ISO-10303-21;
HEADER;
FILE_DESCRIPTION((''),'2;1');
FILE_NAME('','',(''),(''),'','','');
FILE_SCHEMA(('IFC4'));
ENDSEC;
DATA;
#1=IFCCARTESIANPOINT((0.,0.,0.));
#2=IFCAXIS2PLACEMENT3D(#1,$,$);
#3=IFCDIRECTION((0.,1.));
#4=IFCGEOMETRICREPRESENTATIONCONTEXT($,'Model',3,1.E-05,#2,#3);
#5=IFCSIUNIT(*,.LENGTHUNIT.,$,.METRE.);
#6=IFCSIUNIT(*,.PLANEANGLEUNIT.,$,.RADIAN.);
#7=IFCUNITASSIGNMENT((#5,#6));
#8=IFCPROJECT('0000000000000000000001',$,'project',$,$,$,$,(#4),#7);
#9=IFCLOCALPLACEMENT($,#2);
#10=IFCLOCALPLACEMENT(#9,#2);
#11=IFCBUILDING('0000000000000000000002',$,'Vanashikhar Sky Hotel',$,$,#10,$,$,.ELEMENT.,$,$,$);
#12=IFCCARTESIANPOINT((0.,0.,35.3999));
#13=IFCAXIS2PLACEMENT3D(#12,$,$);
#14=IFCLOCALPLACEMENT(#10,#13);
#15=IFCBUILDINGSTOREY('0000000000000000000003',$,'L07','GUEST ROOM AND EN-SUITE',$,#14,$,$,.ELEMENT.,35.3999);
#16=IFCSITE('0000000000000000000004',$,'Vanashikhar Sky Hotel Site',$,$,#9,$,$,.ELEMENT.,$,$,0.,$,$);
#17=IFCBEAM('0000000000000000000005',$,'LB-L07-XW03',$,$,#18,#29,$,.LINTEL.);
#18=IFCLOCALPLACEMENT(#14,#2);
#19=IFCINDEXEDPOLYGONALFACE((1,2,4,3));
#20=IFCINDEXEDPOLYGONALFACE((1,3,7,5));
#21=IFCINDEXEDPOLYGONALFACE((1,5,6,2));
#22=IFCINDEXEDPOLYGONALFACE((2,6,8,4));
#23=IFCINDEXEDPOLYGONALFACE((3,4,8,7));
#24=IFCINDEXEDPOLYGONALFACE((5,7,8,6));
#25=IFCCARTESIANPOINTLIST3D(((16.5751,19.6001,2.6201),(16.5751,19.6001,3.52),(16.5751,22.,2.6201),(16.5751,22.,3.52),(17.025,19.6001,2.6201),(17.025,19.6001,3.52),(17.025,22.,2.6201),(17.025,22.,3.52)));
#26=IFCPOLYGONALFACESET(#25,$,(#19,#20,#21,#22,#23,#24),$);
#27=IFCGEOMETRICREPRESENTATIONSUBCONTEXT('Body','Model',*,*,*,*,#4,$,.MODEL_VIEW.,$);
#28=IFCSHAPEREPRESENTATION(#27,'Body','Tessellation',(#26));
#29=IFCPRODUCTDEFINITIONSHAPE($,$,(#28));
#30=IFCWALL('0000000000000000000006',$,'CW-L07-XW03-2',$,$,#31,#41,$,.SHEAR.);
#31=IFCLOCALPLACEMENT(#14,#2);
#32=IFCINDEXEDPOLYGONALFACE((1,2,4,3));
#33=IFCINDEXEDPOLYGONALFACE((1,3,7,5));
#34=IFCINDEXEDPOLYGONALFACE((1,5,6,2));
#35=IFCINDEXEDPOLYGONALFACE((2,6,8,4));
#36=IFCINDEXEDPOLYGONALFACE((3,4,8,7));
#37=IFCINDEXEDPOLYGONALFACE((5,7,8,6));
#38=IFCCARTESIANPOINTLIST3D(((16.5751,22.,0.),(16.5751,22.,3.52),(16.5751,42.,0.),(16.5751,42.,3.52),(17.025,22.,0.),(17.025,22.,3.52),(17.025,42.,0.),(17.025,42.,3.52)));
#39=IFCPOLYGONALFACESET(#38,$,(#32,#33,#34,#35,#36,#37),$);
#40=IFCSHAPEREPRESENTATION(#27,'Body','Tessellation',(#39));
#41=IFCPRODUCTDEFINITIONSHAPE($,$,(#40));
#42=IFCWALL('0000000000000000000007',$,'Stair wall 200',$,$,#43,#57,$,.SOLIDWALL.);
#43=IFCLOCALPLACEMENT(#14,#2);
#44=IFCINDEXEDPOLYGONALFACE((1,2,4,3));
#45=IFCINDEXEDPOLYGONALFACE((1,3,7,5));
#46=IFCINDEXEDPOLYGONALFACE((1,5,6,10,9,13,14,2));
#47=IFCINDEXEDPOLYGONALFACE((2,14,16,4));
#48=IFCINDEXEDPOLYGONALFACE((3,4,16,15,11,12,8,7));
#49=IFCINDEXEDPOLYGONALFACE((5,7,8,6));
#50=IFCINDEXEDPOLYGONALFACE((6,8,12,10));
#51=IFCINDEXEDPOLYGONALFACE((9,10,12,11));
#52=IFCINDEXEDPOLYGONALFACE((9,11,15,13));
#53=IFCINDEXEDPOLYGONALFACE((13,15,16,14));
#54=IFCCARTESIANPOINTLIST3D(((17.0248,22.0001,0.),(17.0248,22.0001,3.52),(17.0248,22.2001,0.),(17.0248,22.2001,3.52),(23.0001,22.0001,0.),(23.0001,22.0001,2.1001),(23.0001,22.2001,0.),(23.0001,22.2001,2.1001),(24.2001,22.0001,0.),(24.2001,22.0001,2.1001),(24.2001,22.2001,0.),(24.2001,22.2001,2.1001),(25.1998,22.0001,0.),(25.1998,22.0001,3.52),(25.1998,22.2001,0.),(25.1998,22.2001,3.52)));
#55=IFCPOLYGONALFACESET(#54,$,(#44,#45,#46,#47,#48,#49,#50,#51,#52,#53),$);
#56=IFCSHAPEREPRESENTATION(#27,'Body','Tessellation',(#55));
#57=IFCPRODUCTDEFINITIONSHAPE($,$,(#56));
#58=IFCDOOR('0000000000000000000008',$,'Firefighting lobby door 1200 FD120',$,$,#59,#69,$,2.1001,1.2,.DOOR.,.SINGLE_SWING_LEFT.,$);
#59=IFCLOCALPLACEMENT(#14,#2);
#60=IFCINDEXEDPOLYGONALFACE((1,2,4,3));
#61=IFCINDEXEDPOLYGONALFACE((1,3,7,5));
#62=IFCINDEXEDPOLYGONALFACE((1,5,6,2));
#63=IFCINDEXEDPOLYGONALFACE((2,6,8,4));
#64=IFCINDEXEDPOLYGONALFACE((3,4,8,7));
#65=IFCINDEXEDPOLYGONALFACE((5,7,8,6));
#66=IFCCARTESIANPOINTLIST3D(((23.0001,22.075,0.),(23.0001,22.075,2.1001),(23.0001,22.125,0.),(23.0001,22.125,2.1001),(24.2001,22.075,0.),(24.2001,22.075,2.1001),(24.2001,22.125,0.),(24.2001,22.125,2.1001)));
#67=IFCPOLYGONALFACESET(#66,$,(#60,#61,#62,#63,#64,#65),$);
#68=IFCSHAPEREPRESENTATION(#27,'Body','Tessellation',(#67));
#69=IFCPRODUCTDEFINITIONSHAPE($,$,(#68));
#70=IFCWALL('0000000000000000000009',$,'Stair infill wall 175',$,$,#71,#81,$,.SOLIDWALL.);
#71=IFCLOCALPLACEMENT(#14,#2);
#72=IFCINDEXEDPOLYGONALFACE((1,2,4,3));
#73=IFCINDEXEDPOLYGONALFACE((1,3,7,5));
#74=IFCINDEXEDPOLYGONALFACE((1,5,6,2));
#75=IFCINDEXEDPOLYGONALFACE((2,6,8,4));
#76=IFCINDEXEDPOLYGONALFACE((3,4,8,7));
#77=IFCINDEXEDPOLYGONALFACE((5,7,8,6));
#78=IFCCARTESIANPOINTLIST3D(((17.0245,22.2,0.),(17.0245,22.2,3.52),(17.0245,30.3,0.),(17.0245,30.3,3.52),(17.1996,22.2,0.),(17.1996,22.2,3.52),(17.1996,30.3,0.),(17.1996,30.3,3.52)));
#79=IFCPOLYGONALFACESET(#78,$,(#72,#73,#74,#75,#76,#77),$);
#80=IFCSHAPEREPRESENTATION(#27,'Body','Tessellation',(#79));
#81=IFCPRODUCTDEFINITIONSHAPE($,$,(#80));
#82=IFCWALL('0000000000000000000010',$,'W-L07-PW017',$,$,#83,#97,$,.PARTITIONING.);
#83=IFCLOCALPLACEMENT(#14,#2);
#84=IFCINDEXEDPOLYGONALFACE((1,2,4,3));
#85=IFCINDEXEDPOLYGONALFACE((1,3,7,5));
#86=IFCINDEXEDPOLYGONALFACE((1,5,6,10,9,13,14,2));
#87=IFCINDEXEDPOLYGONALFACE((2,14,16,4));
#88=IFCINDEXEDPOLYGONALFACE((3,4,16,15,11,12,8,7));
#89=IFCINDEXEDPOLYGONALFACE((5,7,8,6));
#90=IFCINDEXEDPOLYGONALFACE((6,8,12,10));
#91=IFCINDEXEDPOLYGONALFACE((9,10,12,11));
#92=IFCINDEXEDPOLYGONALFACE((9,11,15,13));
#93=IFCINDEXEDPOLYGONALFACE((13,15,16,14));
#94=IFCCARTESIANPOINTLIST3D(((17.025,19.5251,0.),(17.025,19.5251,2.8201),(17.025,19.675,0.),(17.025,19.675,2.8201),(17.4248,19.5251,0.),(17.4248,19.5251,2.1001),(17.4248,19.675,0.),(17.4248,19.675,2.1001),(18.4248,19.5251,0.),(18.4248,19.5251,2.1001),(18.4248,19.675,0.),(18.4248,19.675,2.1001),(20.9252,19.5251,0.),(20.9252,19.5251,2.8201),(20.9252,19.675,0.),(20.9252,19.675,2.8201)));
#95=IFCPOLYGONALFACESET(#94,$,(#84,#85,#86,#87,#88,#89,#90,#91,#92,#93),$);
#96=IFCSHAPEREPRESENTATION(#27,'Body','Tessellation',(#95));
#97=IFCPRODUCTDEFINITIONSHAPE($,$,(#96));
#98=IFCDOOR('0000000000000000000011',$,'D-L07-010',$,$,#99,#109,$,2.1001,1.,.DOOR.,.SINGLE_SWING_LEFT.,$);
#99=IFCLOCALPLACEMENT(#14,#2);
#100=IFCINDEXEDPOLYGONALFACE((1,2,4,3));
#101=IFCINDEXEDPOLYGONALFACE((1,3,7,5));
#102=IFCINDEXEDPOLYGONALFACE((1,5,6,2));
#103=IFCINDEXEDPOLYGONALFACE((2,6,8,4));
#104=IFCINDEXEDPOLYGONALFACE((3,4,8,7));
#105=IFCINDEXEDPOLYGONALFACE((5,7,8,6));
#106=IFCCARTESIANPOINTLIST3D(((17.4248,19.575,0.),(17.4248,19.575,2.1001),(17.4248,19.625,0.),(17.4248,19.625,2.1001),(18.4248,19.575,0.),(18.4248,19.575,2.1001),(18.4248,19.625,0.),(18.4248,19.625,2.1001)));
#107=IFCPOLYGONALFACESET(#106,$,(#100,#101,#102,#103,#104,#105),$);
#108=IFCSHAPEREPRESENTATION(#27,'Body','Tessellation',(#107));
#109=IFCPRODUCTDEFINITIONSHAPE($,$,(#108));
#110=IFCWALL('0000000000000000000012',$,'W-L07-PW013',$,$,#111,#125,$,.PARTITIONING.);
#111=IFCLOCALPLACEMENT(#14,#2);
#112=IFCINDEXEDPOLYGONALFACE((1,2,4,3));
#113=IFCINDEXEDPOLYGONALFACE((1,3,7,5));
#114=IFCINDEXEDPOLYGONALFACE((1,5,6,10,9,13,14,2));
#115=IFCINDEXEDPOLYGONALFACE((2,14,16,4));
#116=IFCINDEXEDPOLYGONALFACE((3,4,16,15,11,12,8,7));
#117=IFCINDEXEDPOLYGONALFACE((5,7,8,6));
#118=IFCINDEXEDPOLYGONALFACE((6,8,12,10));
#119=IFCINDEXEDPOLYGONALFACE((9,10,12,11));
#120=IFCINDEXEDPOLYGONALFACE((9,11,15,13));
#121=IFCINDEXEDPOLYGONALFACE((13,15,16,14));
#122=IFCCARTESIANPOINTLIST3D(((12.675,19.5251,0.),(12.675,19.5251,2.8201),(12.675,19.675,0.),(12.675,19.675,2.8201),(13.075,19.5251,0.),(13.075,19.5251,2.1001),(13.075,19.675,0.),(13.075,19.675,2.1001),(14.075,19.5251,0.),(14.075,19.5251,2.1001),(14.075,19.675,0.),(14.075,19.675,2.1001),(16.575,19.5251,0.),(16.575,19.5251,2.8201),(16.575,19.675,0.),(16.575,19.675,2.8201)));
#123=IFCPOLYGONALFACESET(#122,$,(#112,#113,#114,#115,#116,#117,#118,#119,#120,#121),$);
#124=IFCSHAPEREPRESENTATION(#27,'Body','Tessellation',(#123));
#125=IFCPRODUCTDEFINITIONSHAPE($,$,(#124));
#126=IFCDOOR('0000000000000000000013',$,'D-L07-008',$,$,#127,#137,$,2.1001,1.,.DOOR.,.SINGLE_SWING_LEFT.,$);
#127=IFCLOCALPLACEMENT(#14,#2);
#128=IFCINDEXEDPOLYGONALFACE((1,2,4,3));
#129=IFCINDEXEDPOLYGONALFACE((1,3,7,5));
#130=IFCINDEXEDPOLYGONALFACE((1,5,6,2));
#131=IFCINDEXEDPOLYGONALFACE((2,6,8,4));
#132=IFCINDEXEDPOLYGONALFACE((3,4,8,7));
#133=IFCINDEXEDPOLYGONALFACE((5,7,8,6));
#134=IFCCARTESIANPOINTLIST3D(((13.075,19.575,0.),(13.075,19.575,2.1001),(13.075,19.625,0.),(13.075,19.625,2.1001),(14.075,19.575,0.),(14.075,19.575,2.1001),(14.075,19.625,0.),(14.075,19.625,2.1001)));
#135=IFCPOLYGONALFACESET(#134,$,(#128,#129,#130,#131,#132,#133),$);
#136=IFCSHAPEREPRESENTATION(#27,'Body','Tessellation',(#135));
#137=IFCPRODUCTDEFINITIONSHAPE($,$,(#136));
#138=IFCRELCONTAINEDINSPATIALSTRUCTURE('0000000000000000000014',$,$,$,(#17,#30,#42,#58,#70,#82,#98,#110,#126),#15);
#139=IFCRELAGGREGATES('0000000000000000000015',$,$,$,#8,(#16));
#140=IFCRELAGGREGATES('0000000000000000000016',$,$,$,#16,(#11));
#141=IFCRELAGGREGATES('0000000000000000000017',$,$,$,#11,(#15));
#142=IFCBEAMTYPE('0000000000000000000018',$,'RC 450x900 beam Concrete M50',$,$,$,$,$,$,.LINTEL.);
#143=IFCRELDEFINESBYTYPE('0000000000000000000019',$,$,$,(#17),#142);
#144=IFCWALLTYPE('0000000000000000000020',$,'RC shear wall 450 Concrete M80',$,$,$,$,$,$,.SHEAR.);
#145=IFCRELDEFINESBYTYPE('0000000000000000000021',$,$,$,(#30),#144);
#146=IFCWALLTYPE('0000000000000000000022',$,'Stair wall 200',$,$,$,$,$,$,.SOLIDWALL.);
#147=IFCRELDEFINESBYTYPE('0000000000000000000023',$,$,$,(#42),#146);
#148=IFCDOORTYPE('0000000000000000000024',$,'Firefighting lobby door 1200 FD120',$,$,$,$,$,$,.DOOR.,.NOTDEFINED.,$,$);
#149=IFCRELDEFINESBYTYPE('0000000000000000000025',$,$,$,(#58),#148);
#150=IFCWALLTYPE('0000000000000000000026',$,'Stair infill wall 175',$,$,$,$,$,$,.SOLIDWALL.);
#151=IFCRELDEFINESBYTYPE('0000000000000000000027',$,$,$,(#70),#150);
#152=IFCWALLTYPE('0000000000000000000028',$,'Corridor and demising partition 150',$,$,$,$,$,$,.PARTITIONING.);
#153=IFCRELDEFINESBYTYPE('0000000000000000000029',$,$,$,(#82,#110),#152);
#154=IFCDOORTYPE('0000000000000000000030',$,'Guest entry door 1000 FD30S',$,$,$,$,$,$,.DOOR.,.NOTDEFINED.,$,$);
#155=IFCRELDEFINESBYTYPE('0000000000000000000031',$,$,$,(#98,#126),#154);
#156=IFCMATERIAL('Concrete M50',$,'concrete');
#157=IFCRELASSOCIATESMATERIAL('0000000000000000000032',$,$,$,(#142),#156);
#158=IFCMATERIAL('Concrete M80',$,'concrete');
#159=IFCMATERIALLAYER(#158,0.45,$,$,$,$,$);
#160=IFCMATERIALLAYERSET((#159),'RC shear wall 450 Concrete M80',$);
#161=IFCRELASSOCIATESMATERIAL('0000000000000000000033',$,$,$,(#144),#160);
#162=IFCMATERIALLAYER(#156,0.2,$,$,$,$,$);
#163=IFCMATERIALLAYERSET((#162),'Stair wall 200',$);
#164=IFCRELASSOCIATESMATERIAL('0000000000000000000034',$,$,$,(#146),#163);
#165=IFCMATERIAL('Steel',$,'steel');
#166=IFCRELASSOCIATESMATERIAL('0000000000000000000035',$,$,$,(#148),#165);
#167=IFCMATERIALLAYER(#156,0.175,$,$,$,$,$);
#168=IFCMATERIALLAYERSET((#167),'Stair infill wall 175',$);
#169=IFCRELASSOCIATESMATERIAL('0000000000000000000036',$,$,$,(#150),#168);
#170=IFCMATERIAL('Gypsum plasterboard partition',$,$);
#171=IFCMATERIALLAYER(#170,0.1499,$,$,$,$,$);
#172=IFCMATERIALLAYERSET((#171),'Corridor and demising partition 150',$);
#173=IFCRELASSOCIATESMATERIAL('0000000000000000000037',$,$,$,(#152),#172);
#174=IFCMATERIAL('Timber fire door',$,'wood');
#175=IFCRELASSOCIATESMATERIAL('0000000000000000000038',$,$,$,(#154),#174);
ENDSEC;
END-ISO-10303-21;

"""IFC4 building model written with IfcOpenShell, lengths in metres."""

from ifc_helpers import new_model, si_unit, direction, frame, frame_2d, origin, origin_2d, place, context, subcontext, project, spatial, rectangle, extrude, source, transform, mapped, material, layer, layer_set, material_profile, profile_set, type_object, element, fill, save


model = new_model("IFC4")

# Units and contexts
model_context = context("Model", 3, precision=1e-05, world=origin(), true_north=direction((0.0, 1.0)))
body_context = subcontext(model_context, "Body", "Model", "MODEL_VIEW")
ifc_project = project(units=[si_unit("LENGTHUNIT", "METRE"), si_unit("PLANEANGLEUNIT", "RADIAN")], contexts=[model_context])

# Site, building, storey
site_placement = place(None, origin())
site = spatial("IfcSite", under=ifc_project, at=site_placement, Name="Vanashikhar Sky Hotel Site", CompositionType="ELEMENT", RefElevation=0.0)
building_placement = place(site_placement, origin())
building = spatial("IfcBuilding", under=site, at=building_placement, Name="Vanashikhar Sky Hotel", CompositionType="ELEMENT")
storey_placement = place(building_placement, frame((0.0, 0.0, 35.3999)))
storey = spatial("IfcBuildingStorey", under=building, at=storey_placement, Name="L07", Description="GUEST ROOM AND EN-SUITE", CompositionType="ELEMENT", Elevation=35.3999)

# Beam
ifc_material_1 = material(Name="Concrete M50", Category="concrete")
ifc_material_profile = material_profile(ifc_material_1, rectangle(XDim=0.45, YDim=0.8999, at=origin_2d()))
ifc_profile_set = profile_set([ifc_material_profile], Name="RC 450x900 beam Concrete M50")
beam_type = type_object("IfcBeamType", Name="RC 450x900 beam Concrete M50", PredefinedType="LINTEL", material=ifc_profile_set)
shared_shape_1 = source(origin(), body_context, "Body", "SweptSolid", [
    extrude(rectangle(XDim=0.45, YDim=0.8999, at=origin_2d()), origin(), (0.0, 0.0, 1.0), 2.3999),
])
beam_placement = place(storey_placement, frame((16.8, 19.6001, 3.0701), z_axis=(0.0, 1.0, 0.0), x_axis=(-1.0, 0.0, 0.0)))
element("IfcBeam", 1, at=beam_placement, inside=storey, type_object=beam_type, Name="LB-L07-XW03", PredefinedType="LINTEL", context=body_context, shape_type="MappedRepresentation", body=[
    mapped(shared_shape_1, transform((0.0, 0.0, 0.0), scale=1.0)),
])

# Wall
ifc_material_2 = material(Name="Concrete M80", Category="concrete")
ifc_layer_1 = layer(ifc_material_2, 0.45)
ifc_layer_set_1 = layer_set([ifc_layer_1], Name="RC shear wall 450 Concrete M80")
wall_type_1 = type_object("IfcWallType", Name="RC shear wall 450 Concrete M80", PredefinedType="SHEAR", material=ifc_layer_set_1)
shared_shape_2 = source(origin(), body_context, "Body", "SweptSolid", [
    extrude(rectangle(XDim=20.0, YDim=0.45, at=frame_2d((10.0, 0.0))), origin(), (0.0, 0.0, 1.0), 3.52),
])
wall_1_placement = place(storey_placement, frame((16.8, 22.0, 0.0), z_axis=(0.0, 0.0, 1.0), x_axis=(0.0, 1.0, 0.0)))
element("IfcWall", 2, at=wall_1_placement, inside=storey, type_object=wall_type_1, Name="CW-L07-XW03-2", PredefinedType="SHEAR", context=body_context, shape_type="MappedRepresentation", body=[
    mapped(shared_shape_2, transform((0.0, 0.0, 0.0), scale=1.0)),
])

# Wall, opening, door
ifc_layer_2 = layer(ifc_material_1, 0.2)
ifc_layer_set_2 = layer_set([ifc_layer_2], Name="Stair wall 200")
wall_type_2 = type_object("IfcWallType", Name="Stair wall 200", PredefinedType="SOLIDWALL", material=ifc_layer_set_2)
shared_shape_3 = source(origin(), body_context, "Body", "SweptSolid", [
    extrude(rectangle(XDim=8.175, YDim=0.2, at=frame_2d((4.0874, 0.0))), origin(), (0.0, 0.0, 1.0), 3.52),
])
wall_2_placement = place(storey_placement, frame((17.0249, 22.1001, 0.0), z_axis=(0.0, 0.0, 1.0), x_axis=(1.0, 0.0, 0.0)))
wall_2 = element("IfcWall", 3, at=wall_2_placement, inside=storey, type_object=wall_type_2, Name="Stair wall 200", PredefinedType="SOLIDWALL", context=body_context, shape_type="MappedRepresentation", body=[
    mapped(shared_shape_3, transform((0.0, 0.0, 0.0), scale=1.0)),
])
shared_shape_4 = source(origin(), body_context, "Body", "SweptSolid", [
    extrude(rectangle(XDim=1.2, YDim=2.1001, at=frame_2d((0.6001, 1.05))), frame((0.0, 0.1099, 0.0), z_axis=(0.0, -1.0, 0.0), x_axis=(1.0, 0.0, 0.0)), (0.0, 0.0, 1.0), 0.22),
])
opening_1_placement = place(wall_2_placement, frame((5.9751, 0.0, 0.0)))
opening_1 = element("IfcOpeningElement", 4, at=opening_1_placement, cuts=wall_2, PredefinedType="OPENING", context=body_context, shape_type="MappedRepresentation", body=[
    mapped(shared_shape_4, transform((0.0, 0.0, 0.0), scale=1.0)),
])
ifc_material_3 = material(Name="Steel", Category="steel")
door_type_1 = type_object("IfcDoorType", Name="Firefighting lobby door 1200 FD120", OperationType="NOTDEFINED", PredefinedType="DOOR", material=ifc_material_3)
shared_shape_5 = source(origin(), body_context, "Body", "SweptSolid", [
    extrude(rectangle(XDim=1.2, YDim=2.1001, at=frame_2d((0.6001, 1.05))), frame((0.0, 0.0249, 0.0), z_axis=(0.0, -1.0, 0.0), x_axis=(1.0, 0.0, 0.0)), (0.0, 0.0, 1.0), 0.05),
])
door_1_placement = place(opening_1_placement, origin())
door_1 = element("IfcDoor", 5, at=door_1_placement, inside=storey, type_object=door_type_1, Name="Firefighting lobby door 1200 FD120", OperationType="SINGLE_SWING_LEFT", OverallHeight=2.1001, OverallWidth=1.2, PredefinedType="DOOR", context=body_context, shape_type="MappedRepresentation", body=[
    mapped(shared_shape_5, transform((0.0, 0.0, 0.0), scale=1.0)),
])
fill(opening_1, door_1)

# Wall
ifc_layer_3 = layer(ifc_material_1, 0.175)
ifc_layer_set_3 = layer_set([ifc_layer_3], Name="Stair infill wall 175")
wall_type_3 = type_object("IfcWallType", Name="Stair infill wall 175", PredefinedType="SOLIDWALL", material=ifc_layer_set_3)
shared_shape_6 = source(origin(), body_context, "Body", "SweptSolid", [
    extrude(rectangle(XDim=8.1001, YDim=0.175, at=frame_2d((4.05, 0.0))), origin(), (0.0, 0.0, 1.0), 3.52),
])
wall_3_placement = place(storey_placement, frame((17.1121, 22.2, 0.0), z_axis=(0.0, 0.0, 1.0), x_axis=(0.0, 1.0, 0.0)))
element("IfcWall", 6, at=wall_3_placement, inside=storey, type_object=wall_type_3, Name="Stair infill wall 175", PredefinedType="SOLIDWALL", context=body_context, shape_type="MappedRepresentation", body=[
    mapped(shared_shape_6, transform((0.0, 0.0, 0.0), scale=1.0)),
])

# Walls, openings, doors
ifc_material_4 = material(Name="Gypsum plasterboard partition")
ifc_layer_4 = layer(ifc_material_4, 0.1499)
ifc_layer_set_4 = layer_set([ifc_layer_4], Name="Corridor and demising partition 150")
wall_type_4 = type_object("IfcWallType", Name="Corridor and demising partition 150", PredefinedType="PARTITIONING", material=ifc_layer_set_4)
shared_shape_7 = source(origin(), body_context, "Body", "SweptSolid", [
    extrude(rectangle(XDim=3.9001, YDim=0.1499, at=frame_2d((1.9502, 0.0))), origin(), (0.0, 0.0, 1.0), 2.8201),
])
wall_4_placement = place(storey_placement, frame((17.0249, 19.6001, 0.0), z_axis=(0.0, 0.0, 1.0), x_axis=(1.0, 0.0, 0.0)))
wall_4 = element("IfcWall", 7, at=wall_4_placement, inside=storey, type_object=wall_type_4, Name="W-L07-PW017", PredefinedType="PARTITIONING", context=body_context, shape_type="MappedRepresentation", body=[
    mapped(shared_shape_7, transform((0.0, 0.0, 0.0), scale=1.0)),
])
shared_shape_8 = source(origin(), body_context, "Body", "SweptSolid", [
    extrude(rectangle(XDim=1.0, YDim=2.1001, at=frame_2d((0.5, 1.05))), frame((0.0, 0.085, 0.0), z_axis=(0.0, -1.0, 0.0), x_axis=(1.0, 0.0, 0.0)), (0.0, 0.0, 1.0), 0.1699),
])
opening_2_placement = place(wall_4_placement, frame((0.3999, 0.0, 0.0)))
opening_2 = element("IfcOpeningElement", 8, at=opening_2_placement, cuts=wall_4, PredefinedType="OPENING", context=body_context, shape_type="MappedRepresentation", body=[
    mapped(shared_shape_8, transform((0.0, 0.0, 0.0), scale=1.0)),
])
ifc_material_5 = material(Name="Timber fire door", Category="wood")
door_type_2 = type_object("IfcDoorType", Name="Guest entry door 1000 FD30S", OperationType="NOTDEFINED", PredefinedType="DOOR", material=ifc_material_5)
shared_shape_9 = source(origin(), body_context, "Body", "SweptSolid", [
    extrude(rectangle(XDim=1.0, YDim=2.1001, at=frame_2d((0.5, 1.05))), frame((0.0, 0.0249, 0.0), z_axis=(0.0, -1.0, 0.0), x_axis=(1.0, 0.0, 0.0)), (0.0, 0.0, 1.0), 0.05),
])
door_2_placement = place(opening_2_placement, origin())
door_2 = element("IfcDoor", 9, at=door_2_placement, inside=storey, type_object=door_type_2, Name="D-L07-010", OperationType="SINGLE_SWING_LEFT", OverallHeight=2.1001, OverallWidth=1.0, PredefinedType="DOOR", context=body_context, shape_type="MappedRepresentation", body=[
    mapped(shared_shape_9, transform((0.0, 0.0, 0.0), scale=1.0)),
])
fill(opening_2, door_2)
shared_shape_10 = source(origin(), body_context, "Body", "SweptSolid", [
    extrude(rectangle(XDim=3.8999, YDim=0.1499, at=frame_2d((1.95, 0.0))), origin(), (0.0, 0.0, 1.0), 2.8201),
])
wall_5_placement = place(storey_placement, frame((12.675, 19.6001, 0.0), z_axis=(0.0, 0.0, 1.0), x_axis=(1.0, 0.0, 0.0)))
wall_5 = element("IfcWall", 10, at=wall_5_placement, inside=storey, type_object=wall_type_4, Name="W-L07-PW013", PredefinedType="PARTITIONING", context=body_context, shape_type="MappedRepresentation", body=[
    mapped(shared_shape_10, transform((0.0, 0.0, 0.0), scale=1.0)),
])
opening_3_placement = place(wall_5_placement, frame((0.3999, 0.0, 0.0)))
opening_3 = element("IfcOpeningElement", 11, at=opening_3_placement, cuts=wall_5, PredefinedType="OPENING", context=body_context, shape_type="MappedRepresentation", body=[
    mapped(shared_shape_8, transform((0.0, 0.0, 0.0), scale=1.0)),
])
door_3_placement = place(opening_3_placement, origin())
door_3 = element("IfcDoor", 12, at=door_3_placement, inside=storey, type_object=door_type_2, Name="D-L07-008", OperationType="SINGLE_SWING_LEFT", OverallHeight=2.1001, OverallWidth=1.0, PredefinedType="DOOR", context=body_context, shape_type="MappedRepresentation", body=[
    mapped(shared_shape_9, transform((0.0, 0.0, 0.0), scale=1.0)),
])
fill(opening_3, door_3)

save(model, "model.ifc")
